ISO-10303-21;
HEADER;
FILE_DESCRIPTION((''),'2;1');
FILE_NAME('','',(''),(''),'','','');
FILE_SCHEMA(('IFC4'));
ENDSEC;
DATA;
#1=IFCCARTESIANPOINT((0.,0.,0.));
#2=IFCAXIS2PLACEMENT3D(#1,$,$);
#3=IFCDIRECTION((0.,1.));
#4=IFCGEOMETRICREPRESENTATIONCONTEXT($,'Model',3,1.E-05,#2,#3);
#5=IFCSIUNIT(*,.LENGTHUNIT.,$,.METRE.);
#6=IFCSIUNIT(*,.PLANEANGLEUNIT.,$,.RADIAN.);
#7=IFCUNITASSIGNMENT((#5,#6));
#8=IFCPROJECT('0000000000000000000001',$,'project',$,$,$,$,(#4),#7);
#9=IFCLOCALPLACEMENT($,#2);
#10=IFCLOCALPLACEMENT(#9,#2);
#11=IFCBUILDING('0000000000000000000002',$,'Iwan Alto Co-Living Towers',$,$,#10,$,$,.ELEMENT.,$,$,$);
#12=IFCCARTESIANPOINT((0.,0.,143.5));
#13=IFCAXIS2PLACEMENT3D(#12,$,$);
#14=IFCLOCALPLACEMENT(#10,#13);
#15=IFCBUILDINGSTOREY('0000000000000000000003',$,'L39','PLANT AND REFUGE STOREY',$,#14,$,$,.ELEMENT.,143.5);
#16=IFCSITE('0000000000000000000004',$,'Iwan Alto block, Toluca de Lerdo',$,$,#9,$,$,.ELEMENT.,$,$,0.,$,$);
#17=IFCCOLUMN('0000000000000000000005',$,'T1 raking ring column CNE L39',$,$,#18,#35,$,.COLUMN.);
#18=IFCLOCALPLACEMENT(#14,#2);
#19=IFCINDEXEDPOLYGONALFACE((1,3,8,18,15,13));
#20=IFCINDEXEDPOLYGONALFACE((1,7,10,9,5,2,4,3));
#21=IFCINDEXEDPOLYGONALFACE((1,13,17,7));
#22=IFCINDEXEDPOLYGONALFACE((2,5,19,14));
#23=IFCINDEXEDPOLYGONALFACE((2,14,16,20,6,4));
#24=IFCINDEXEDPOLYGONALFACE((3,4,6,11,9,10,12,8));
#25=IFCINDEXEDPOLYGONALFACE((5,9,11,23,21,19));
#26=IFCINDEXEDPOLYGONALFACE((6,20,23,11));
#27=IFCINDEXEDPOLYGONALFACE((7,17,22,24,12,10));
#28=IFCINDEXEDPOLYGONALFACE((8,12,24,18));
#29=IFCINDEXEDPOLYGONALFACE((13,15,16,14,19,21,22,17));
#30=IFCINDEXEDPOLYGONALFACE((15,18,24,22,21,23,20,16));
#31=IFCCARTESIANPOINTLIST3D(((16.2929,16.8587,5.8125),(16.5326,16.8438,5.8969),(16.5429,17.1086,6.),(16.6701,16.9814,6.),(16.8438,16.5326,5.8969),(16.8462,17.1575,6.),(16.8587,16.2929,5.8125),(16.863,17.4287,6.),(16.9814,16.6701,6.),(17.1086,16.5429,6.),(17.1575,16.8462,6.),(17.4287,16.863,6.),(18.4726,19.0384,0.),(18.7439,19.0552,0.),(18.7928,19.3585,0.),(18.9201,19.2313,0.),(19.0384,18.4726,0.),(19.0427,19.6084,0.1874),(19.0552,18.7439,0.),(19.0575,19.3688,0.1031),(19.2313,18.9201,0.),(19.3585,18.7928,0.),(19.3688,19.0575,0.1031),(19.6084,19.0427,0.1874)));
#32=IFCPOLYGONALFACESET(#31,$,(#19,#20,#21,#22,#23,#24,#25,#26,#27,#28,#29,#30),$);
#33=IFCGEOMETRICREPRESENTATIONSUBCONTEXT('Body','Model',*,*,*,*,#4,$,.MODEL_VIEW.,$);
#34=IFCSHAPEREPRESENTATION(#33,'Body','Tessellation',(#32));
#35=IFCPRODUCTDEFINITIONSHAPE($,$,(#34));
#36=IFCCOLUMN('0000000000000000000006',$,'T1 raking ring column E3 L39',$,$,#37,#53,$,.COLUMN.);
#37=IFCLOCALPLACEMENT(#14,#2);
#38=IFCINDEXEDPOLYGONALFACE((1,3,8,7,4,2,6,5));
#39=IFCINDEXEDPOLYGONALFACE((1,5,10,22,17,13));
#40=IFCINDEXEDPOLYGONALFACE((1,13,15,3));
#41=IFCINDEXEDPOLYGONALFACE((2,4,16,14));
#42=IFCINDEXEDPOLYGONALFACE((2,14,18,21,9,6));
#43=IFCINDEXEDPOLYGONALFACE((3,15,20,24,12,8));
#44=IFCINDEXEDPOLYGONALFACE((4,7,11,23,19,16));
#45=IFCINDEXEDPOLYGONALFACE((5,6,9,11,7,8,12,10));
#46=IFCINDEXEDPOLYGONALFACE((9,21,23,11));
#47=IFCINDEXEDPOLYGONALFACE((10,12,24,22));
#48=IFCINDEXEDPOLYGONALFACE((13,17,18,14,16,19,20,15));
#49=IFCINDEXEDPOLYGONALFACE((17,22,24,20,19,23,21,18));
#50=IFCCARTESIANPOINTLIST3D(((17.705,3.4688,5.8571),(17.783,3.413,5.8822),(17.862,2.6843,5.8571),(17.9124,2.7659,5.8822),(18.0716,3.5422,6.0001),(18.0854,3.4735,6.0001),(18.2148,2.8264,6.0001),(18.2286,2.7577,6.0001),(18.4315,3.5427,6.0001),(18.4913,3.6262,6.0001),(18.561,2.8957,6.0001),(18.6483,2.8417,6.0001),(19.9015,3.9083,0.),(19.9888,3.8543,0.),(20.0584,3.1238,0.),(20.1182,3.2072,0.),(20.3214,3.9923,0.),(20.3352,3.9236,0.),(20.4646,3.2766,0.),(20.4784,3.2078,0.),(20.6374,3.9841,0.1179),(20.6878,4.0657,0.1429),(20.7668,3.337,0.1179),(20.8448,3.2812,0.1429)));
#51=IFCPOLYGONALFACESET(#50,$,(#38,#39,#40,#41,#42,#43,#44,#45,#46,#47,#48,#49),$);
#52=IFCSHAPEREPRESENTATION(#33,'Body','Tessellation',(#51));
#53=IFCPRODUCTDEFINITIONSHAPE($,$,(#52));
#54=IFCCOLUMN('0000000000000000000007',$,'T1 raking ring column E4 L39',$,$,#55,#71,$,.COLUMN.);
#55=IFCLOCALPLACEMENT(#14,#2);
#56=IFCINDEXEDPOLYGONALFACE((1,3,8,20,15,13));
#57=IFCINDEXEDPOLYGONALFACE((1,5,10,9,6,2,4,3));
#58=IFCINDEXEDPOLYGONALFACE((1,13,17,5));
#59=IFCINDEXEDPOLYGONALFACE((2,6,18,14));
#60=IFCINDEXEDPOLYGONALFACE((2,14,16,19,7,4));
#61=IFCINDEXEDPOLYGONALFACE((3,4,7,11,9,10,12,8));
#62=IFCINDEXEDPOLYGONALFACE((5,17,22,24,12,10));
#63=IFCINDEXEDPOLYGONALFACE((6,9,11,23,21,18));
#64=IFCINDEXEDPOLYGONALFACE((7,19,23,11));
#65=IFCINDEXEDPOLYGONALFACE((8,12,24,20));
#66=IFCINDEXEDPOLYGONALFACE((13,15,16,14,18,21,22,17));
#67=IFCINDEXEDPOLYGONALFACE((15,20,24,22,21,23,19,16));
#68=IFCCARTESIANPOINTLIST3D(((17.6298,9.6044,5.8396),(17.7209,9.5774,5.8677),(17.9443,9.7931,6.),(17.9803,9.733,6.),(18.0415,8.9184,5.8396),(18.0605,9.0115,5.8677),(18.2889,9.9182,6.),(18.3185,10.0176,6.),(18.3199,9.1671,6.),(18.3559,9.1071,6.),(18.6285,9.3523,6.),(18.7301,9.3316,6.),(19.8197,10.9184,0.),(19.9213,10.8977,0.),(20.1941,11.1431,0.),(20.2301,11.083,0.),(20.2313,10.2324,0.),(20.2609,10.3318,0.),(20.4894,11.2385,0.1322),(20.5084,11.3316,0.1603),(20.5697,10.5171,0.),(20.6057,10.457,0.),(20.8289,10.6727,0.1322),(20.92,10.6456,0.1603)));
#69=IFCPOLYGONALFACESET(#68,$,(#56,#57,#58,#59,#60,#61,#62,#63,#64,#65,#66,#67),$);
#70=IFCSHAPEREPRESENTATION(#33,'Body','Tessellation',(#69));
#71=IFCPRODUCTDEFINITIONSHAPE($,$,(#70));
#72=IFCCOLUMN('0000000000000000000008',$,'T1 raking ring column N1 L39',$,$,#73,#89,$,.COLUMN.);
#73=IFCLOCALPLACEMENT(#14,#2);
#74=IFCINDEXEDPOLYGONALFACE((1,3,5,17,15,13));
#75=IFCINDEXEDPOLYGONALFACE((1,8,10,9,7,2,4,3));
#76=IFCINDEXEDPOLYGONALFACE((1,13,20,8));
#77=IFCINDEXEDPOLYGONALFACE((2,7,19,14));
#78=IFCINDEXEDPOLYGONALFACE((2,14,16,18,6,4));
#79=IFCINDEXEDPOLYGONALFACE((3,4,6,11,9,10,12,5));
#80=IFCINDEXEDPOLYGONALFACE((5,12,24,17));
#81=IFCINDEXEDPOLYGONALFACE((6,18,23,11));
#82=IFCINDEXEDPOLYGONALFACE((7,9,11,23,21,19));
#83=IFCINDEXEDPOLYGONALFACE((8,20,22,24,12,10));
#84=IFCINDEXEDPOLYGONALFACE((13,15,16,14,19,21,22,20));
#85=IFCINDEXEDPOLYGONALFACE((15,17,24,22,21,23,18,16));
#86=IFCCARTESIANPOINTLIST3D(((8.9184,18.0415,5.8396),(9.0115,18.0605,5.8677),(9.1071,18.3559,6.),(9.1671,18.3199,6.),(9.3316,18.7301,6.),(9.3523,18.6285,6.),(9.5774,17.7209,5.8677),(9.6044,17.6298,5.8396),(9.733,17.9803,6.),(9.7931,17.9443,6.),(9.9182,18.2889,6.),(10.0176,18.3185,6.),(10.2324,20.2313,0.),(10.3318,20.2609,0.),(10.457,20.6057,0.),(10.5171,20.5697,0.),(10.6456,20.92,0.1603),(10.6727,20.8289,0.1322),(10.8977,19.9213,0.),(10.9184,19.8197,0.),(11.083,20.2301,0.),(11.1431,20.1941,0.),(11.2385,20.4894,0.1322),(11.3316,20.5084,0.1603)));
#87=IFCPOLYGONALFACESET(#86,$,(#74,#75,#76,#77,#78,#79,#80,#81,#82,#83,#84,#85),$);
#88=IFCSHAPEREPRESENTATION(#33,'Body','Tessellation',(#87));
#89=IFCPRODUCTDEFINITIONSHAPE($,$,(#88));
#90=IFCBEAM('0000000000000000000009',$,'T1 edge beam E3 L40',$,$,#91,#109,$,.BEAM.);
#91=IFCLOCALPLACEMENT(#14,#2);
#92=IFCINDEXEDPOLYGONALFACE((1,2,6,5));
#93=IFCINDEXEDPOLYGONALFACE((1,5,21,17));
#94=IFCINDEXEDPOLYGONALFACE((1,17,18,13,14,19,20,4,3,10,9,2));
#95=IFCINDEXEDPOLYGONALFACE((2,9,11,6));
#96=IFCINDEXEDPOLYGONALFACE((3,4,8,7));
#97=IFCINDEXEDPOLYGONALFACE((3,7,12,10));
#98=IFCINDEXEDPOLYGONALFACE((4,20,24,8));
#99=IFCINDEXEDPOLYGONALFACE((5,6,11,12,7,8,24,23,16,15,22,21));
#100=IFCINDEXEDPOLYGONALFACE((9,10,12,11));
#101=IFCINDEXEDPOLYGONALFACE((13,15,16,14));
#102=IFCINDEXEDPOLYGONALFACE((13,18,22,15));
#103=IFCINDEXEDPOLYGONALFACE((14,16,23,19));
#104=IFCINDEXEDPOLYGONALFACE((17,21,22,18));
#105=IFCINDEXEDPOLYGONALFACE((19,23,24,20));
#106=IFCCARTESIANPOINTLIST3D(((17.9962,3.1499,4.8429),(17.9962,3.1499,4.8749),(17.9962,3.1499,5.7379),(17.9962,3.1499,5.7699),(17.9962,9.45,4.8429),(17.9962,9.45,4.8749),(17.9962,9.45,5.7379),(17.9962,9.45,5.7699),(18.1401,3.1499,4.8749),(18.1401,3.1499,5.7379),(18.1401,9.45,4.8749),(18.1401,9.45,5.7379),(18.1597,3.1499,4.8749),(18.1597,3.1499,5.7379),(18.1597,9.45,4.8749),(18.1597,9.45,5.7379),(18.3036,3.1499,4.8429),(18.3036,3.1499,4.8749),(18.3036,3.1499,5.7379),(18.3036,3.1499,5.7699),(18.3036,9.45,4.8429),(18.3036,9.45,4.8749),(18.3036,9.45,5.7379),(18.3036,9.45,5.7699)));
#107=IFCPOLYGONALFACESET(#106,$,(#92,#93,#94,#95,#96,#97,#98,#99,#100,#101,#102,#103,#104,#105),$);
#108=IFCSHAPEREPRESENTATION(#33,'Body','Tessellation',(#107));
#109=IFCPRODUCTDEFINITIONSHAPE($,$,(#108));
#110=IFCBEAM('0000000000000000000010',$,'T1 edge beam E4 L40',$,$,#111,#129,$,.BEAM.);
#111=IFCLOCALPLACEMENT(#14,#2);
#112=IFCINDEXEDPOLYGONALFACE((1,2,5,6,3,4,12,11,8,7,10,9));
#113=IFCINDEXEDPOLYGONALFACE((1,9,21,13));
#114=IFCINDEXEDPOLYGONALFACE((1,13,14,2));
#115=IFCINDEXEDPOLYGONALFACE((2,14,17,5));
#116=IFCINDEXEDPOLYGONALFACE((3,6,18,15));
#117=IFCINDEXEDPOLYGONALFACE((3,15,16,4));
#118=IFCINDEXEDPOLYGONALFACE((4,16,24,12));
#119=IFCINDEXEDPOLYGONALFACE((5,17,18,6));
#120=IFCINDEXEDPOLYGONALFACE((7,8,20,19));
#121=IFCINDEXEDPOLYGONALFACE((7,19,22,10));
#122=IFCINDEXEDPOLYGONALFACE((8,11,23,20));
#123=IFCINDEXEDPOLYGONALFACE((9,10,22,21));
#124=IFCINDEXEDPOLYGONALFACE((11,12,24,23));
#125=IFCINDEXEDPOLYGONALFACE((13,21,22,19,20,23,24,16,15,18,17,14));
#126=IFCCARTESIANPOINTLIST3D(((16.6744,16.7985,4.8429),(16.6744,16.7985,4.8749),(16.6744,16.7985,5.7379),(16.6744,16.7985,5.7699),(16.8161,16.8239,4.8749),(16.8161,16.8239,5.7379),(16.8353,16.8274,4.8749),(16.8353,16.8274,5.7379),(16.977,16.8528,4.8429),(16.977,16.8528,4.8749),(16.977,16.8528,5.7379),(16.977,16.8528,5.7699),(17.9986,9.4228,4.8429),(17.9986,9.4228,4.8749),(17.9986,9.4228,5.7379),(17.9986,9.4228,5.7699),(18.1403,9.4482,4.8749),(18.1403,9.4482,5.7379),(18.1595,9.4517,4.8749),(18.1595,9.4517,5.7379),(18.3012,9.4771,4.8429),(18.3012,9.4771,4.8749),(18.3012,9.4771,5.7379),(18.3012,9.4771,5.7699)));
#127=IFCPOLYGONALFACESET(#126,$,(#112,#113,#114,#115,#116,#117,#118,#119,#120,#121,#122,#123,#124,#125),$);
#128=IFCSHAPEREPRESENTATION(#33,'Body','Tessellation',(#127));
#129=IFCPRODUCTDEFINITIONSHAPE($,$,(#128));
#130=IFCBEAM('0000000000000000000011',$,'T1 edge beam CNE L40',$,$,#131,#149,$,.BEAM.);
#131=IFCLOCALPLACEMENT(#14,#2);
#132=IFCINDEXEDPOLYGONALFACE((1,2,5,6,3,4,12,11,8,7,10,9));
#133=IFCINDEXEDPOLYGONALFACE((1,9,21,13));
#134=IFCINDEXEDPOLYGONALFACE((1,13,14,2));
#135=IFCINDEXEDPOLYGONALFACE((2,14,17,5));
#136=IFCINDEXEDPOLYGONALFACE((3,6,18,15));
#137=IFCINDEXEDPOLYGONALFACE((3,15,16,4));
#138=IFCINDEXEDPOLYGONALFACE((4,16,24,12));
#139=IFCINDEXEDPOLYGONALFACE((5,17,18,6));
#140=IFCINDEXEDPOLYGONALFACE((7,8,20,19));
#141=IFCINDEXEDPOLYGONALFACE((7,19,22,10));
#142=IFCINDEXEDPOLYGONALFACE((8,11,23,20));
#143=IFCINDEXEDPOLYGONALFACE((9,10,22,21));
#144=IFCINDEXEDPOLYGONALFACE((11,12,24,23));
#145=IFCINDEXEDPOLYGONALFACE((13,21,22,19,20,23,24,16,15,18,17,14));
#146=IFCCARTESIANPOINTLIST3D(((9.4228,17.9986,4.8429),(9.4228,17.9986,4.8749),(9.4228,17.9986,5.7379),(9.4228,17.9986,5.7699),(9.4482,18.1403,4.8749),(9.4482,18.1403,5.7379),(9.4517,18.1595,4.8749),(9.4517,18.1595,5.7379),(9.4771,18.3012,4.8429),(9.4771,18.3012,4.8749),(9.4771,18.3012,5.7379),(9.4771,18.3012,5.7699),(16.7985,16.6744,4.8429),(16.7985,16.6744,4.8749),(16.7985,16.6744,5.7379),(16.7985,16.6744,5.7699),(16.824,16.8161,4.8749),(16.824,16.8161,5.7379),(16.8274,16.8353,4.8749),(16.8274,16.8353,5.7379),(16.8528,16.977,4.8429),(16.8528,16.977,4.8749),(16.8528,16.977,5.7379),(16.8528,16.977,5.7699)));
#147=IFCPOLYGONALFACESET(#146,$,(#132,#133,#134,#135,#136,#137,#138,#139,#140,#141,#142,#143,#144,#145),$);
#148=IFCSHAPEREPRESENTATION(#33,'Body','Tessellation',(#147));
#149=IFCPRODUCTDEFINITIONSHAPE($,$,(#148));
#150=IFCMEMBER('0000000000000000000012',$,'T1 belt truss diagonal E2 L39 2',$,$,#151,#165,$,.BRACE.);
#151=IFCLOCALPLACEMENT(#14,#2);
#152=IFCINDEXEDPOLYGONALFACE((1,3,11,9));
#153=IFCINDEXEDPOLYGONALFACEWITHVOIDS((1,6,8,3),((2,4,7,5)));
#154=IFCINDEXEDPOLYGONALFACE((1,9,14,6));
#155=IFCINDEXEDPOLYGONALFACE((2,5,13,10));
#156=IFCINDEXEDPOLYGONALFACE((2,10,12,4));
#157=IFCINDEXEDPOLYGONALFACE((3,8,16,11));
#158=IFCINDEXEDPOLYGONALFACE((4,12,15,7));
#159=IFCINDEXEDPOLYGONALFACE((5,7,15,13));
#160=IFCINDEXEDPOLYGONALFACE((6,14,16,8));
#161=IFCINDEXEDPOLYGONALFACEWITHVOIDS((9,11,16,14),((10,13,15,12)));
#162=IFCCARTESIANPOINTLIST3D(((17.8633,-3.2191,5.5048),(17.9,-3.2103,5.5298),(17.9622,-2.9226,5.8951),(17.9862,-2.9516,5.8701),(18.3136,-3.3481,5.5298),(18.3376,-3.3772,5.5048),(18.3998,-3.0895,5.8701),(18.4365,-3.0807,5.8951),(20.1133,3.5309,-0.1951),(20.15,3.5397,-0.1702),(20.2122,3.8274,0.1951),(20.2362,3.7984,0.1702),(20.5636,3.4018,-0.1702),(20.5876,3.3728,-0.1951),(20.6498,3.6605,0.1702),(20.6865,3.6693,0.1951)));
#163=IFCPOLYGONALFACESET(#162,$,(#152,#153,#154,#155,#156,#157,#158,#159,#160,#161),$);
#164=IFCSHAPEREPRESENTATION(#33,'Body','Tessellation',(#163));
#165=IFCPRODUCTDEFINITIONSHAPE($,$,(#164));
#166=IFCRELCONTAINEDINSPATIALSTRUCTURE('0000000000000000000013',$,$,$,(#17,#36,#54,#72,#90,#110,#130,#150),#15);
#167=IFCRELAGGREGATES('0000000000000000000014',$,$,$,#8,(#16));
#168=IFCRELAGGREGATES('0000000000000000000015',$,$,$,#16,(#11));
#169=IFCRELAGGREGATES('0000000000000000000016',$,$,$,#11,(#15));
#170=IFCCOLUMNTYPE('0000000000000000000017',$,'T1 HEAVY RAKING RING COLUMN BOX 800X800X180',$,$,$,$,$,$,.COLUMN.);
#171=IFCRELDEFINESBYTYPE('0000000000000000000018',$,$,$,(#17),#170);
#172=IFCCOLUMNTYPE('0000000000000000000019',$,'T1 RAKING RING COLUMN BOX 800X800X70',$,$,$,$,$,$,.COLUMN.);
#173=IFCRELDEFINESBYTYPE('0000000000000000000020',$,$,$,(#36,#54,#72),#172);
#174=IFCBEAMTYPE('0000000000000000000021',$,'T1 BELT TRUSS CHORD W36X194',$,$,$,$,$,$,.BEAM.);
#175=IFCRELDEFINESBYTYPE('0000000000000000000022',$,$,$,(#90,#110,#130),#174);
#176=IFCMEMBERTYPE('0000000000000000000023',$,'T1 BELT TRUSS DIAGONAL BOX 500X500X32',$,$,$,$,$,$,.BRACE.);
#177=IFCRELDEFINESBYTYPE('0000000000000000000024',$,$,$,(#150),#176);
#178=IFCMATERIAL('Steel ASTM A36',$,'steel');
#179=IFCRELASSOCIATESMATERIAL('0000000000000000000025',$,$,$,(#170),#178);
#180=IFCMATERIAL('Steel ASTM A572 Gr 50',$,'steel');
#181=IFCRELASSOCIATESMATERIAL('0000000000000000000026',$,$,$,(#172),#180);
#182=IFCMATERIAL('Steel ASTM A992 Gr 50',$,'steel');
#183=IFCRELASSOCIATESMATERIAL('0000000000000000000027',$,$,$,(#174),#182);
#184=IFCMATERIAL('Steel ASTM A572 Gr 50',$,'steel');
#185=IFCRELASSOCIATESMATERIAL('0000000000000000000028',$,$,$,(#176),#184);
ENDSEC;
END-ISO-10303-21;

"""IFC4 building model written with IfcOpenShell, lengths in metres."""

from ifc_helpers import new_model, si_unit, direction, frame, origin, origin_2d, place, context, subcontext, project, spatial, hollow_rectangle, i_section, extrude, clip, halfspace, material, material_profile, profile_set, type_object, element, save


model = new_model("IFC4")

# Units and contexts
model_context = context("Model", 3, precision=1e-05, world=origin(), true_north=direction((0.0, 1.0)))
body_context = subcontext(model_context, "Body", "Model", "MODEL_VIEW")
ifc_project = project(units=[si_unit("LENGTHUNIT", "METRE"), si_unit("PLANEANGLEUNIT", "RADIAN")], contexts=[model_context])

# Site, building, storey
site_placement = place(None, origin())
site = spatial("IfcSite", under=ifc_project, at=site_placement, Name="Iwan Alto block, Toluca de Lerdo", CompositionType="ELEMENT", RefElevation=0.0)
building_placement = place(site_placement, origin())
building = spatial("IfcBuilding", under=site, at=building_placement, Name="Iwan Alto Co-Living Towers", CompositionType="ELEMENT")
storey_placement = place(building_placement, frame((0.0, 0.0, 143.5)))
storey = spatial("IfcBuildingStorey", under=building, at=storey_placement, Name="L39", Description="PLANT AND REFUGE STOREY", CompositionType="ELEMENT", Elevation=143.5)

# Columns
ifc_material_1 = material(Name="Steel ASTM A36", Category="steel")
ifc_material_profile_1 = material_profile(ifc_material_1, hollow_rectangle(XDim=0.8, YDim=0.8, WallThickness=0.1799, at=origin_2d()), Name="BOX 800X800X180")
ifc_profile_set_1 = profile_set([ifc_material_profile_1], Name="Steel ASTM A36")
column_type_1 = type_object("IfcColumnType", Name="T1 HEAVY RAKING RING COLUMN BOX 800X800X180", PredefinedType="COLUMN", material=ifc_profile_set_1)
column_1_placement = place(storey_placement, frame((19.0757, 19.0757, 0.0), z_axis=(-0.331295, -0.331295, 0.883452), x_axis=(0.707107, -0.707107, 0.0)))
element("IfcColumn", 1, at=column_1_placement, inside=storey, type_object=column_type_1, Name="T1 raking ring column CNE L39", PredefinedType="COLUMN", context=body_context, shape_type="Clipping", body=[
    clip(clip(extrude(hollow_rectangle(XDim=0.8, YDim=0.8, WallThickness=0.1799, at=origin_2d()), origin(), (0.0, 0.0, 1.0), 6.7915), halfspace(frame((0.0, 0.0, 0.0), z_axis=(0.0, -0.468521, -0.883452), x_axis=(0.707107, 0.624695, -0.331295)), False)), halfspace(frame((0.0, 2.811, 5.3008), z_axis=(0.0, 0.468521, 0.883452), x_axis=(0.707107, 0.624695, -0.331295)), False)),
])
ifc_material_2 = material(Name="Steel ASTM A572 Gr 50", Category="steel")
ifc_material_profile_2 = material_profile(ifc_material_2, hollow_rectangle(XDim=0.8, YDim=0.8, WallThickness=0.0701, at=origin_2d()), Name="BOX 800X800X70")
ifc_profile_set_2 = profile_set([ifc_material_profile_2], Name="Steel ASTM A572 Gr 50")
column_type_2 = type_object("IfcColumnType", Name="T1 RAKING RING COLUMN BOX 800X800X70", PredefinedType="COLUMN", material=ifc_profile_set_2)
column_2_placement = place(storey_placement, frame((20.3999, 3.6001, 0.0), z_axis=(-0.35026, -0.070082, 0.934027), x_axis=(0.196198, -0.980564, 0.0)))
element("IfcColumn", 2, at=column_2_placement, inside=storey, type_object=column_type_2, Name="T1 raking ring column E3 L39", PredefinedType="COLUMN", context=body_context, shape_type="Clipping", body=[
    clip(clip(extrude(hollow_rectangle(XDim=0.8, YDim=0.8, WallThickness=0.0701, at=origin_2d()), origin(), (0.0, 0.0, 1.0), 6.4238), halfspace(frame((0.0, 0.0, 0.0), z_axis=(0.0, -0.357203, -0.934027), x_axis=(0.196198, 0.915873, -0.35026)), False)), halfspace(frame((0.0, 2.1433, 5.6042), z_axis=(0.0, 0.357203, 0.934027), x_axis=(0.196198, 0.915873, -0.35026)), False)),
])
column_3_placement = place(storey_placement, frame((20.3999, 10.8, 0.0), z_axis=(-0.34358, -0.206163, 0.916215), x_axis=(0.514523, -0.857477, 0.0)))
element("IfcColumn", 3, at=column_3_placement, inside=storey, type_object=column_type_2, Name="T1 raking ring column E4 L39", PredefinedType="COLUMN", context=body_context, shape_type="Clipping", body=[
    clip(clip(extrude(hollow_rectangle(XDim=0.8, YDim=0.8, WallThickness=0.0701, at=origin_2d()), origin(), (0.0, 0.0, 1.0), 6.5486), halfspace(frame((0.0, 0.0, 0.0), z_axis=(0.0, -0.400688, -0.916215), x_axis=(0.514523, 0.785632, -0.34358)), False)), halfspace(frame((0.0, 2.4041, 5.4973), z_axis=(0.0, 0.400688, 0.916215), x_axis=(0.514523, 0.785632, -0.34358)), False)),
])
column_4_placement = place(storey_placement, frame((10.8, 20.3999, 0.0), z_axis=(-0.206163, -0.34358, 0.916215), x_axis=(0.857477, -0.514523, 0.0)))
element("IfcColumn", 4, at=column_4_placement, inside=storey, type_object=column_type_2, Name="T1 raking ring column N1 L39", PredefinedType="COLUMN", context=body_context, shape_type="Clipping", body=[
    clip(clip(extrude(hollow_rectangle(XDim=0.8, YDim=0.8, WallThickness=0.0701, at=origin_2d()), origin(), (0.0, 0.0, 1.0), 6.5486), halfspace(frame((0.0, 0.0, 0.0), z_axis=(0.0, -0.400688, -0.916215), x_axis=(0.857477, 0.471414, -0.206163)), False)), halfspace(frame((0.0, 2.4041, 5.4973), z_axis=(0.0, 0.400688, 0.916215), x_axis=(0.857477, 0.471414, -0.206163)), False)),
])

# Beams
ifc_material_3 = material(Name="Steel ASTM A992 Gr 50", Category="steel")
ifc_material_profile_3 = material_profile(ifc_material_3, i_section(OverallWidth=0.3074, OverallDepth=0.927, WebThickness=0.0195, FlangeThickness=0.032, at=origin_2d()), Name="W36X194")
ifc_profile_set_3 = profile_set([ifc_material_profile_3], Name="Steel ASTM A992 Gr 50")
beam_type_1 = type_object("IfcBeamType", Name="T1 BELT TRUSS CHORD W36X194", PredefinedType="BEAM", material=ifc_profile_set_3)
beam_placement = place(storey_placement, frame((18.1499, 3.1499, 5.3064), z_axis=(0.0, 1.0, 0.0), x_axis=(-1.0, 0.0, 0.0)))
element("IfcBeam", 5, at=beam_placement, inside=storey, type_object=beam_type_1, Name="T1 edge beam E3 L40", PredefinedType="BEAM", context=body_context, shape_type="SweptSolid", body=[
    extrude(i_section(OverallWidth=0.3074, OverallDepth=0.927, WebThickness=0.0195, FlangeThickness=0.032, at=origin_2d()), origin(), (0.0, 0.0, 1.0), 6.3),
])
for number, where, z_axis, x_axis, name in (
    (6, (18.1499, 9.45, 5.3064), (-0.176712, 0.984263, 0.0), (-0.984263, -0.176712, 0.0), "T1 edge beam E4 L40"),
    (7, (16.8257, 16.8257, 5.3064), (-0.984263, 0.176712, 0.0), (-0.176712, -0.984263, 0.0), "T1 edge beam CNE L40"),
):
    element("IfcBeam", number, at=place(storey_placement, frame(where, z_axis=z_axis, x_axis=x_axis)), inside=storey, type_object=beam_type_1, Name=name, PredefinedType="BEAM", context=body_context, shape_type="SweptSolid", body=[
        extrude(i_section(OverallWidth=0.3074, OverallDepth=0.927, WebThickness=0.0195, FlangeThickness=0.032, at=origin_2d()), origin(), (0.0, 0.0, 1.0), 7.4937),
    ])

# Member
ifc_material_4 = material(Name="Steel ASTM A572 Gr 50", Category="steel")
ifc_material_profile_4 = material_profile(ifc_material_4, hollow_rectangle(XDim=0.5, YDim=0.5, WallThickness=0.032, at=origin_2d()), Name="BOX 500X500X32")
ifc_profile_set_4 = profile_set([ifc_material_profile_4], Name="Steel ASTM A572 Gr 50")
member_type_1 = type_object("IfcMemberType", Name="T1 BELT TRUSS DIAGONAL BOX 500X500X32", PredefinedType="BRACE", material=ifc_profile_set_4)
member_1_placement = place(storey_placement, frame((20.3999, 3.6001, 0.0), z_axis=(-0.246799, -0.740398, 0.62522), x_axis=(0.948683, -0.316228, 0.0)))
element("IfcMember", 8, at=member_1_placement, inside=storey, type_object=member_type_1, Name="T1 belt truss diagonal E2 L39 2", PredefinedType="BRACE", context=body_context, shape_type="SweptSolid", body=[
    extrude(hollow_rectangle(XDim=0.5, YDim=0.5, WallThickness=0.032, at=origin_2d()), origin(), (0.0, 0.0, 1.0), 9.1167),
])

save(model, "model.ifc")
